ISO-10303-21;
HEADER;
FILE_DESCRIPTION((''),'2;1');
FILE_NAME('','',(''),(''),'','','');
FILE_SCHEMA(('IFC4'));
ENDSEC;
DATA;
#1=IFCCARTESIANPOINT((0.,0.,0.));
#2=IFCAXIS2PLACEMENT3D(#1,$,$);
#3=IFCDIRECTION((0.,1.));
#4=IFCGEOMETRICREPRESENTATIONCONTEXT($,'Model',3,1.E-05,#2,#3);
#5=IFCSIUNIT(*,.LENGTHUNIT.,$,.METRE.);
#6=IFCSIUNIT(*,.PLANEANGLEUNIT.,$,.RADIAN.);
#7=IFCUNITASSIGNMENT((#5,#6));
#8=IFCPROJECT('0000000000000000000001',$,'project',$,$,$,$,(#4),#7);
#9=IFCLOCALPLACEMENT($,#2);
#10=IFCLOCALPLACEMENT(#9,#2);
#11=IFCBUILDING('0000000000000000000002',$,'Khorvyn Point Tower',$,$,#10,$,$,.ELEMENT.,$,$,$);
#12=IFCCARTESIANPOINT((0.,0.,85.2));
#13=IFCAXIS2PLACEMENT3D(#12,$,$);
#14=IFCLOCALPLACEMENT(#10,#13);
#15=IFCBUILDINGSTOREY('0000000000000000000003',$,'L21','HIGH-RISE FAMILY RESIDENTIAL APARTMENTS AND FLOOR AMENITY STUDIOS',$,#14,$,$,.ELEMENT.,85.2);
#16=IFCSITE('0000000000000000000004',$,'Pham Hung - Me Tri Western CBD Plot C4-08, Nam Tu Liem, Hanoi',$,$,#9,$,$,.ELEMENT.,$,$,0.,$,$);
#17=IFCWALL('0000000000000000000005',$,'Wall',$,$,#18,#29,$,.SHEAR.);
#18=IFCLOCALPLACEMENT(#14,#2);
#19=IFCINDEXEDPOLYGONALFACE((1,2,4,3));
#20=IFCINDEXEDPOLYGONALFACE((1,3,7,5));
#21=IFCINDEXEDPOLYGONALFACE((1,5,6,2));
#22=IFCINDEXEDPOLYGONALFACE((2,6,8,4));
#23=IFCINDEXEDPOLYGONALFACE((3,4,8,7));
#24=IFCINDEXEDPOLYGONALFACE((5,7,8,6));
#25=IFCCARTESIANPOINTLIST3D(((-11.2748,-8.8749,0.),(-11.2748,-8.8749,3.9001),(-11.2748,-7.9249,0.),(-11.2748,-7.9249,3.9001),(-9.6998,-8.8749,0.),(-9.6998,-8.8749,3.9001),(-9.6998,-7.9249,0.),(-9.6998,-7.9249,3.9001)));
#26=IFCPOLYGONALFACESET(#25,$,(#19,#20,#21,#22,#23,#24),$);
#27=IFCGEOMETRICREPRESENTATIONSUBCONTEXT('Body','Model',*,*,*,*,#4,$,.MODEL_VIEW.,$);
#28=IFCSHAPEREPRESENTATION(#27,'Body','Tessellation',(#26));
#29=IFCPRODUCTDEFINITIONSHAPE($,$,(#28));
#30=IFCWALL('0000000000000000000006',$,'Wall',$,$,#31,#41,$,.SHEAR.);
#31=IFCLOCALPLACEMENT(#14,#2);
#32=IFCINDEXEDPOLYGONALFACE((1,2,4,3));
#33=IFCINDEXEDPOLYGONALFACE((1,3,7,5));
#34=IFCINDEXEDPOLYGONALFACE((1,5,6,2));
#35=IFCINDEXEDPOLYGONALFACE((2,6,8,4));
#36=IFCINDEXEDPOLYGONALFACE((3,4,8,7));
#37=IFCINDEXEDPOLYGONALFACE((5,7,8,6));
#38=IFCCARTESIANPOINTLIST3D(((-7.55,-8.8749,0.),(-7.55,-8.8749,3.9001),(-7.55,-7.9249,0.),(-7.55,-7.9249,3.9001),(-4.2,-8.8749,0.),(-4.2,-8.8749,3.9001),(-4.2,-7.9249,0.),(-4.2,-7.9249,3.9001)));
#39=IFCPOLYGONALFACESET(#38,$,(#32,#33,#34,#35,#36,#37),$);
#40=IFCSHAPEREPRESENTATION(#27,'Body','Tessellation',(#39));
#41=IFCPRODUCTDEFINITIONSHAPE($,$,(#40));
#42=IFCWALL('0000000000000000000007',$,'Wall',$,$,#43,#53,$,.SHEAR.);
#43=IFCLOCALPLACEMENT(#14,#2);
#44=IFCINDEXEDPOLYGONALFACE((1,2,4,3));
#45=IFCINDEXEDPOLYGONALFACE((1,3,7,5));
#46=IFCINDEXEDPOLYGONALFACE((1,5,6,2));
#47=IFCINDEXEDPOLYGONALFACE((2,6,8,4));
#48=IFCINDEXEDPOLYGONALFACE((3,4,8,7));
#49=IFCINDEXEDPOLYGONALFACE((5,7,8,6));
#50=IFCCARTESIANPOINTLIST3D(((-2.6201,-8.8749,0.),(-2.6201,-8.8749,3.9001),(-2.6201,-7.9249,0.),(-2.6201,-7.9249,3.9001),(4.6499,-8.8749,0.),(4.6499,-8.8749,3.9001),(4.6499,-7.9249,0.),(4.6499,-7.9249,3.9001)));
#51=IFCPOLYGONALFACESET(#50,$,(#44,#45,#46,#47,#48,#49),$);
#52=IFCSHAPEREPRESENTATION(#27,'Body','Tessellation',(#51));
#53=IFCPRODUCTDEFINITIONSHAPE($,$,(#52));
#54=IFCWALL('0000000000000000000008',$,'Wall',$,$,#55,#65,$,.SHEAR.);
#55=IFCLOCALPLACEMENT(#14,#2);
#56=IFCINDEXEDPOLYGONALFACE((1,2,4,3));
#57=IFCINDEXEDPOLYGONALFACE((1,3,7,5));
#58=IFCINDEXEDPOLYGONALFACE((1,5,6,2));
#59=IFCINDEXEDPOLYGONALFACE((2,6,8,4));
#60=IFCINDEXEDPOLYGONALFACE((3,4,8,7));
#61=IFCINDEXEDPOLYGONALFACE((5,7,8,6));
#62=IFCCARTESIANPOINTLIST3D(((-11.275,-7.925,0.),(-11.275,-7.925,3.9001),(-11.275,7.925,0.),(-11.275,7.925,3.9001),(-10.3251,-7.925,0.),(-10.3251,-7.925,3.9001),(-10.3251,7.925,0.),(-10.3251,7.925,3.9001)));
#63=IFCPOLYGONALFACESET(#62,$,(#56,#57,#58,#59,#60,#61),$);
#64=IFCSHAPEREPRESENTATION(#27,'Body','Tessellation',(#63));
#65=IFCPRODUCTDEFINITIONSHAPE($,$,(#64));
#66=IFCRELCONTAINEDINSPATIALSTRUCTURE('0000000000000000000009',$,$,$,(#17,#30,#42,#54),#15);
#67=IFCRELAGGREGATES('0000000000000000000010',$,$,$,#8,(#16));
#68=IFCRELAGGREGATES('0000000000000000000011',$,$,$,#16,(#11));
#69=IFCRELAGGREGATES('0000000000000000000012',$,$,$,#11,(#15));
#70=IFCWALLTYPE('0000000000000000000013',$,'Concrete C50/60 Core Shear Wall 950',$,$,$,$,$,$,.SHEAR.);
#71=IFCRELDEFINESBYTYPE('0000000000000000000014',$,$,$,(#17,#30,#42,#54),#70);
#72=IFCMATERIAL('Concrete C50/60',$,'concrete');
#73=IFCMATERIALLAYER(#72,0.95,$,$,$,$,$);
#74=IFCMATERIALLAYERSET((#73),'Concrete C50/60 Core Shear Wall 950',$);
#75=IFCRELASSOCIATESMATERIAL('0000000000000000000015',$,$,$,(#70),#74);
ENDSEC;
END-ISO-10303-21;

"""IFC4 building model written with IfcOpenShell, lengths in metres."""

from ifc_helpers import new_model, si_unit, direction, frame, frame_2d, origin, place, context, subcontext, project, spatial, rectangle, extrude, material, layer, layer_set, type_object, element, save


model = new_model("IFC4")

# Units and contexts
model_context = context("Model", 3, precision=1e-05, world=origin(), true_north=direction((0.0, 1.0)))
body_context = subcontext(model_context, "Body", "Model", "MODEL_VIEW")
ifc_project = project(units=[si_unit("LENGTHUNIT", "METRE"), si_unit("PLANEANGLEUNIT", "RADIAN")], contexts=[model_context])

# Site, building, storey
site_placement = place(None, origin())
site = spatial("IfcSite", under=ifc_project, at=site_placement, Name="Pham Hung - Me Tri Western CBD Plot C4-08, Nam Tu Liem, Hanoi", CompositionType="ELEMENT", RefElevation=0.0)
building_placement = place(site_placement, origin())
building = spatial("IfcBuilding", under=site, at=building_placement, Name="Khorvyn Point Tower", CompositionType="ELEMENT")
storey_placement = place(building_placement, frame((0.0, 0.0, 85.2)))
storey = spatial("IfcBuildingStorey", under=building, at=storey_placement, Name="L21", Description="HIGH-RISE FAMILY RESIDENTIAL APARTMENTS AND FLOOR AMENITY STUDIOS", CompositionType="ELEMENT", Elevation=85.2)

# Shared definitions
ifc_material_1 = material(Name="Concrete C50/60", Category="concrete")

# Walls
ifc_layer_1 = layer(ifc_material_1, 0.95)
ifc_layer_set_1 = layer_set([ifc_layer_1], Name="Concrete C50/60 Core Shear Wall 950")
wall_type_1 = type_object("IfcWallType", Name="Concrete C50/60 Core Shear Wall 950", PredefinedType="SHEAR", material=ifc_layer_set_1)
wall_1_placement = place(storey_placement, frame((-11.2749, -8.3999, 0.0), z_axis=(0.0, 0.0, 1.0), x_axis=(1.0, 0.0, 0.0)))
element("IfcWall", 1, at=wall_1_placement, inside=storey, type_object=wall_type_1, Name="Wall", PredefinedType="SHEAR", context=body_context, shape_type="SweptSolid", body=[
    extrude(rectangle(XDim=1.575, YDim=0.95, at=frame_2d((0.7876, 0.0))), origin(), (0.0, 0.0, 1.0), 3.9001),
])
wall_2_placement = place(storey_placement, frame((-7.55, -8.3999, 0.0), z_axis=(0.0, 0.0, 1.0), x_axis=(1.0, 0.0, 0.0)))
element("IfcWall", 2, at=wall_2_placement, inside=storey, type_object=wall_type_1, Name="Wall", PredefinedType="SHEAR", context=body_context, shape_type="SweptSolid", body=[
    extrude(rectangle(XDim=3.3501, YDim=0.95, at=frame_2d((1.675, 0.0))), origin(), (0.0, 0.0, 1.0), 3.9001),
])
wall_3_placement = place(storey_placement, frame((-2.6201, -8.3999, 0.0), z_axis=(0.0, 0.0, 1.0), x_axis=(1.0, 0.0, 0.0)))
element("IfcWall", 3, at=wall_3_placement, inside=storey, type_object=wall_type_1, Name="Wall", PredefinedType="SHEAR", context=body_context, shape_type="SweptSolid", body=[
    extrude(rectangle(XDim=7.27, YDim=0.95, at=frame_2d((3.635, 0.0))), origin(), (0.0, 0.0, 1.0), 3.9001),
])
wall_4_placement = place(storey_placement, frame((-10.8, -7.925, 0.0), z_axis=(0.0, 0.0, 1.0), x_axis=(0.0, 1.0, 0.0)))
element("IfcWall", 4, at=wall_4_placement, inside=storey, type_object=wall_type_1, Name="Wall", PredefinedType="SHEAR", context=body_context, shape_type="SweptSolid", body=[
    extrude(rectangle(XDim=15.8501, YDim=0.95, at=frame_2d((7.925, 0.0))), origin(), (0.0, 0.0, 1.0), 3.9001),
])

save(model, "model.ifc")
